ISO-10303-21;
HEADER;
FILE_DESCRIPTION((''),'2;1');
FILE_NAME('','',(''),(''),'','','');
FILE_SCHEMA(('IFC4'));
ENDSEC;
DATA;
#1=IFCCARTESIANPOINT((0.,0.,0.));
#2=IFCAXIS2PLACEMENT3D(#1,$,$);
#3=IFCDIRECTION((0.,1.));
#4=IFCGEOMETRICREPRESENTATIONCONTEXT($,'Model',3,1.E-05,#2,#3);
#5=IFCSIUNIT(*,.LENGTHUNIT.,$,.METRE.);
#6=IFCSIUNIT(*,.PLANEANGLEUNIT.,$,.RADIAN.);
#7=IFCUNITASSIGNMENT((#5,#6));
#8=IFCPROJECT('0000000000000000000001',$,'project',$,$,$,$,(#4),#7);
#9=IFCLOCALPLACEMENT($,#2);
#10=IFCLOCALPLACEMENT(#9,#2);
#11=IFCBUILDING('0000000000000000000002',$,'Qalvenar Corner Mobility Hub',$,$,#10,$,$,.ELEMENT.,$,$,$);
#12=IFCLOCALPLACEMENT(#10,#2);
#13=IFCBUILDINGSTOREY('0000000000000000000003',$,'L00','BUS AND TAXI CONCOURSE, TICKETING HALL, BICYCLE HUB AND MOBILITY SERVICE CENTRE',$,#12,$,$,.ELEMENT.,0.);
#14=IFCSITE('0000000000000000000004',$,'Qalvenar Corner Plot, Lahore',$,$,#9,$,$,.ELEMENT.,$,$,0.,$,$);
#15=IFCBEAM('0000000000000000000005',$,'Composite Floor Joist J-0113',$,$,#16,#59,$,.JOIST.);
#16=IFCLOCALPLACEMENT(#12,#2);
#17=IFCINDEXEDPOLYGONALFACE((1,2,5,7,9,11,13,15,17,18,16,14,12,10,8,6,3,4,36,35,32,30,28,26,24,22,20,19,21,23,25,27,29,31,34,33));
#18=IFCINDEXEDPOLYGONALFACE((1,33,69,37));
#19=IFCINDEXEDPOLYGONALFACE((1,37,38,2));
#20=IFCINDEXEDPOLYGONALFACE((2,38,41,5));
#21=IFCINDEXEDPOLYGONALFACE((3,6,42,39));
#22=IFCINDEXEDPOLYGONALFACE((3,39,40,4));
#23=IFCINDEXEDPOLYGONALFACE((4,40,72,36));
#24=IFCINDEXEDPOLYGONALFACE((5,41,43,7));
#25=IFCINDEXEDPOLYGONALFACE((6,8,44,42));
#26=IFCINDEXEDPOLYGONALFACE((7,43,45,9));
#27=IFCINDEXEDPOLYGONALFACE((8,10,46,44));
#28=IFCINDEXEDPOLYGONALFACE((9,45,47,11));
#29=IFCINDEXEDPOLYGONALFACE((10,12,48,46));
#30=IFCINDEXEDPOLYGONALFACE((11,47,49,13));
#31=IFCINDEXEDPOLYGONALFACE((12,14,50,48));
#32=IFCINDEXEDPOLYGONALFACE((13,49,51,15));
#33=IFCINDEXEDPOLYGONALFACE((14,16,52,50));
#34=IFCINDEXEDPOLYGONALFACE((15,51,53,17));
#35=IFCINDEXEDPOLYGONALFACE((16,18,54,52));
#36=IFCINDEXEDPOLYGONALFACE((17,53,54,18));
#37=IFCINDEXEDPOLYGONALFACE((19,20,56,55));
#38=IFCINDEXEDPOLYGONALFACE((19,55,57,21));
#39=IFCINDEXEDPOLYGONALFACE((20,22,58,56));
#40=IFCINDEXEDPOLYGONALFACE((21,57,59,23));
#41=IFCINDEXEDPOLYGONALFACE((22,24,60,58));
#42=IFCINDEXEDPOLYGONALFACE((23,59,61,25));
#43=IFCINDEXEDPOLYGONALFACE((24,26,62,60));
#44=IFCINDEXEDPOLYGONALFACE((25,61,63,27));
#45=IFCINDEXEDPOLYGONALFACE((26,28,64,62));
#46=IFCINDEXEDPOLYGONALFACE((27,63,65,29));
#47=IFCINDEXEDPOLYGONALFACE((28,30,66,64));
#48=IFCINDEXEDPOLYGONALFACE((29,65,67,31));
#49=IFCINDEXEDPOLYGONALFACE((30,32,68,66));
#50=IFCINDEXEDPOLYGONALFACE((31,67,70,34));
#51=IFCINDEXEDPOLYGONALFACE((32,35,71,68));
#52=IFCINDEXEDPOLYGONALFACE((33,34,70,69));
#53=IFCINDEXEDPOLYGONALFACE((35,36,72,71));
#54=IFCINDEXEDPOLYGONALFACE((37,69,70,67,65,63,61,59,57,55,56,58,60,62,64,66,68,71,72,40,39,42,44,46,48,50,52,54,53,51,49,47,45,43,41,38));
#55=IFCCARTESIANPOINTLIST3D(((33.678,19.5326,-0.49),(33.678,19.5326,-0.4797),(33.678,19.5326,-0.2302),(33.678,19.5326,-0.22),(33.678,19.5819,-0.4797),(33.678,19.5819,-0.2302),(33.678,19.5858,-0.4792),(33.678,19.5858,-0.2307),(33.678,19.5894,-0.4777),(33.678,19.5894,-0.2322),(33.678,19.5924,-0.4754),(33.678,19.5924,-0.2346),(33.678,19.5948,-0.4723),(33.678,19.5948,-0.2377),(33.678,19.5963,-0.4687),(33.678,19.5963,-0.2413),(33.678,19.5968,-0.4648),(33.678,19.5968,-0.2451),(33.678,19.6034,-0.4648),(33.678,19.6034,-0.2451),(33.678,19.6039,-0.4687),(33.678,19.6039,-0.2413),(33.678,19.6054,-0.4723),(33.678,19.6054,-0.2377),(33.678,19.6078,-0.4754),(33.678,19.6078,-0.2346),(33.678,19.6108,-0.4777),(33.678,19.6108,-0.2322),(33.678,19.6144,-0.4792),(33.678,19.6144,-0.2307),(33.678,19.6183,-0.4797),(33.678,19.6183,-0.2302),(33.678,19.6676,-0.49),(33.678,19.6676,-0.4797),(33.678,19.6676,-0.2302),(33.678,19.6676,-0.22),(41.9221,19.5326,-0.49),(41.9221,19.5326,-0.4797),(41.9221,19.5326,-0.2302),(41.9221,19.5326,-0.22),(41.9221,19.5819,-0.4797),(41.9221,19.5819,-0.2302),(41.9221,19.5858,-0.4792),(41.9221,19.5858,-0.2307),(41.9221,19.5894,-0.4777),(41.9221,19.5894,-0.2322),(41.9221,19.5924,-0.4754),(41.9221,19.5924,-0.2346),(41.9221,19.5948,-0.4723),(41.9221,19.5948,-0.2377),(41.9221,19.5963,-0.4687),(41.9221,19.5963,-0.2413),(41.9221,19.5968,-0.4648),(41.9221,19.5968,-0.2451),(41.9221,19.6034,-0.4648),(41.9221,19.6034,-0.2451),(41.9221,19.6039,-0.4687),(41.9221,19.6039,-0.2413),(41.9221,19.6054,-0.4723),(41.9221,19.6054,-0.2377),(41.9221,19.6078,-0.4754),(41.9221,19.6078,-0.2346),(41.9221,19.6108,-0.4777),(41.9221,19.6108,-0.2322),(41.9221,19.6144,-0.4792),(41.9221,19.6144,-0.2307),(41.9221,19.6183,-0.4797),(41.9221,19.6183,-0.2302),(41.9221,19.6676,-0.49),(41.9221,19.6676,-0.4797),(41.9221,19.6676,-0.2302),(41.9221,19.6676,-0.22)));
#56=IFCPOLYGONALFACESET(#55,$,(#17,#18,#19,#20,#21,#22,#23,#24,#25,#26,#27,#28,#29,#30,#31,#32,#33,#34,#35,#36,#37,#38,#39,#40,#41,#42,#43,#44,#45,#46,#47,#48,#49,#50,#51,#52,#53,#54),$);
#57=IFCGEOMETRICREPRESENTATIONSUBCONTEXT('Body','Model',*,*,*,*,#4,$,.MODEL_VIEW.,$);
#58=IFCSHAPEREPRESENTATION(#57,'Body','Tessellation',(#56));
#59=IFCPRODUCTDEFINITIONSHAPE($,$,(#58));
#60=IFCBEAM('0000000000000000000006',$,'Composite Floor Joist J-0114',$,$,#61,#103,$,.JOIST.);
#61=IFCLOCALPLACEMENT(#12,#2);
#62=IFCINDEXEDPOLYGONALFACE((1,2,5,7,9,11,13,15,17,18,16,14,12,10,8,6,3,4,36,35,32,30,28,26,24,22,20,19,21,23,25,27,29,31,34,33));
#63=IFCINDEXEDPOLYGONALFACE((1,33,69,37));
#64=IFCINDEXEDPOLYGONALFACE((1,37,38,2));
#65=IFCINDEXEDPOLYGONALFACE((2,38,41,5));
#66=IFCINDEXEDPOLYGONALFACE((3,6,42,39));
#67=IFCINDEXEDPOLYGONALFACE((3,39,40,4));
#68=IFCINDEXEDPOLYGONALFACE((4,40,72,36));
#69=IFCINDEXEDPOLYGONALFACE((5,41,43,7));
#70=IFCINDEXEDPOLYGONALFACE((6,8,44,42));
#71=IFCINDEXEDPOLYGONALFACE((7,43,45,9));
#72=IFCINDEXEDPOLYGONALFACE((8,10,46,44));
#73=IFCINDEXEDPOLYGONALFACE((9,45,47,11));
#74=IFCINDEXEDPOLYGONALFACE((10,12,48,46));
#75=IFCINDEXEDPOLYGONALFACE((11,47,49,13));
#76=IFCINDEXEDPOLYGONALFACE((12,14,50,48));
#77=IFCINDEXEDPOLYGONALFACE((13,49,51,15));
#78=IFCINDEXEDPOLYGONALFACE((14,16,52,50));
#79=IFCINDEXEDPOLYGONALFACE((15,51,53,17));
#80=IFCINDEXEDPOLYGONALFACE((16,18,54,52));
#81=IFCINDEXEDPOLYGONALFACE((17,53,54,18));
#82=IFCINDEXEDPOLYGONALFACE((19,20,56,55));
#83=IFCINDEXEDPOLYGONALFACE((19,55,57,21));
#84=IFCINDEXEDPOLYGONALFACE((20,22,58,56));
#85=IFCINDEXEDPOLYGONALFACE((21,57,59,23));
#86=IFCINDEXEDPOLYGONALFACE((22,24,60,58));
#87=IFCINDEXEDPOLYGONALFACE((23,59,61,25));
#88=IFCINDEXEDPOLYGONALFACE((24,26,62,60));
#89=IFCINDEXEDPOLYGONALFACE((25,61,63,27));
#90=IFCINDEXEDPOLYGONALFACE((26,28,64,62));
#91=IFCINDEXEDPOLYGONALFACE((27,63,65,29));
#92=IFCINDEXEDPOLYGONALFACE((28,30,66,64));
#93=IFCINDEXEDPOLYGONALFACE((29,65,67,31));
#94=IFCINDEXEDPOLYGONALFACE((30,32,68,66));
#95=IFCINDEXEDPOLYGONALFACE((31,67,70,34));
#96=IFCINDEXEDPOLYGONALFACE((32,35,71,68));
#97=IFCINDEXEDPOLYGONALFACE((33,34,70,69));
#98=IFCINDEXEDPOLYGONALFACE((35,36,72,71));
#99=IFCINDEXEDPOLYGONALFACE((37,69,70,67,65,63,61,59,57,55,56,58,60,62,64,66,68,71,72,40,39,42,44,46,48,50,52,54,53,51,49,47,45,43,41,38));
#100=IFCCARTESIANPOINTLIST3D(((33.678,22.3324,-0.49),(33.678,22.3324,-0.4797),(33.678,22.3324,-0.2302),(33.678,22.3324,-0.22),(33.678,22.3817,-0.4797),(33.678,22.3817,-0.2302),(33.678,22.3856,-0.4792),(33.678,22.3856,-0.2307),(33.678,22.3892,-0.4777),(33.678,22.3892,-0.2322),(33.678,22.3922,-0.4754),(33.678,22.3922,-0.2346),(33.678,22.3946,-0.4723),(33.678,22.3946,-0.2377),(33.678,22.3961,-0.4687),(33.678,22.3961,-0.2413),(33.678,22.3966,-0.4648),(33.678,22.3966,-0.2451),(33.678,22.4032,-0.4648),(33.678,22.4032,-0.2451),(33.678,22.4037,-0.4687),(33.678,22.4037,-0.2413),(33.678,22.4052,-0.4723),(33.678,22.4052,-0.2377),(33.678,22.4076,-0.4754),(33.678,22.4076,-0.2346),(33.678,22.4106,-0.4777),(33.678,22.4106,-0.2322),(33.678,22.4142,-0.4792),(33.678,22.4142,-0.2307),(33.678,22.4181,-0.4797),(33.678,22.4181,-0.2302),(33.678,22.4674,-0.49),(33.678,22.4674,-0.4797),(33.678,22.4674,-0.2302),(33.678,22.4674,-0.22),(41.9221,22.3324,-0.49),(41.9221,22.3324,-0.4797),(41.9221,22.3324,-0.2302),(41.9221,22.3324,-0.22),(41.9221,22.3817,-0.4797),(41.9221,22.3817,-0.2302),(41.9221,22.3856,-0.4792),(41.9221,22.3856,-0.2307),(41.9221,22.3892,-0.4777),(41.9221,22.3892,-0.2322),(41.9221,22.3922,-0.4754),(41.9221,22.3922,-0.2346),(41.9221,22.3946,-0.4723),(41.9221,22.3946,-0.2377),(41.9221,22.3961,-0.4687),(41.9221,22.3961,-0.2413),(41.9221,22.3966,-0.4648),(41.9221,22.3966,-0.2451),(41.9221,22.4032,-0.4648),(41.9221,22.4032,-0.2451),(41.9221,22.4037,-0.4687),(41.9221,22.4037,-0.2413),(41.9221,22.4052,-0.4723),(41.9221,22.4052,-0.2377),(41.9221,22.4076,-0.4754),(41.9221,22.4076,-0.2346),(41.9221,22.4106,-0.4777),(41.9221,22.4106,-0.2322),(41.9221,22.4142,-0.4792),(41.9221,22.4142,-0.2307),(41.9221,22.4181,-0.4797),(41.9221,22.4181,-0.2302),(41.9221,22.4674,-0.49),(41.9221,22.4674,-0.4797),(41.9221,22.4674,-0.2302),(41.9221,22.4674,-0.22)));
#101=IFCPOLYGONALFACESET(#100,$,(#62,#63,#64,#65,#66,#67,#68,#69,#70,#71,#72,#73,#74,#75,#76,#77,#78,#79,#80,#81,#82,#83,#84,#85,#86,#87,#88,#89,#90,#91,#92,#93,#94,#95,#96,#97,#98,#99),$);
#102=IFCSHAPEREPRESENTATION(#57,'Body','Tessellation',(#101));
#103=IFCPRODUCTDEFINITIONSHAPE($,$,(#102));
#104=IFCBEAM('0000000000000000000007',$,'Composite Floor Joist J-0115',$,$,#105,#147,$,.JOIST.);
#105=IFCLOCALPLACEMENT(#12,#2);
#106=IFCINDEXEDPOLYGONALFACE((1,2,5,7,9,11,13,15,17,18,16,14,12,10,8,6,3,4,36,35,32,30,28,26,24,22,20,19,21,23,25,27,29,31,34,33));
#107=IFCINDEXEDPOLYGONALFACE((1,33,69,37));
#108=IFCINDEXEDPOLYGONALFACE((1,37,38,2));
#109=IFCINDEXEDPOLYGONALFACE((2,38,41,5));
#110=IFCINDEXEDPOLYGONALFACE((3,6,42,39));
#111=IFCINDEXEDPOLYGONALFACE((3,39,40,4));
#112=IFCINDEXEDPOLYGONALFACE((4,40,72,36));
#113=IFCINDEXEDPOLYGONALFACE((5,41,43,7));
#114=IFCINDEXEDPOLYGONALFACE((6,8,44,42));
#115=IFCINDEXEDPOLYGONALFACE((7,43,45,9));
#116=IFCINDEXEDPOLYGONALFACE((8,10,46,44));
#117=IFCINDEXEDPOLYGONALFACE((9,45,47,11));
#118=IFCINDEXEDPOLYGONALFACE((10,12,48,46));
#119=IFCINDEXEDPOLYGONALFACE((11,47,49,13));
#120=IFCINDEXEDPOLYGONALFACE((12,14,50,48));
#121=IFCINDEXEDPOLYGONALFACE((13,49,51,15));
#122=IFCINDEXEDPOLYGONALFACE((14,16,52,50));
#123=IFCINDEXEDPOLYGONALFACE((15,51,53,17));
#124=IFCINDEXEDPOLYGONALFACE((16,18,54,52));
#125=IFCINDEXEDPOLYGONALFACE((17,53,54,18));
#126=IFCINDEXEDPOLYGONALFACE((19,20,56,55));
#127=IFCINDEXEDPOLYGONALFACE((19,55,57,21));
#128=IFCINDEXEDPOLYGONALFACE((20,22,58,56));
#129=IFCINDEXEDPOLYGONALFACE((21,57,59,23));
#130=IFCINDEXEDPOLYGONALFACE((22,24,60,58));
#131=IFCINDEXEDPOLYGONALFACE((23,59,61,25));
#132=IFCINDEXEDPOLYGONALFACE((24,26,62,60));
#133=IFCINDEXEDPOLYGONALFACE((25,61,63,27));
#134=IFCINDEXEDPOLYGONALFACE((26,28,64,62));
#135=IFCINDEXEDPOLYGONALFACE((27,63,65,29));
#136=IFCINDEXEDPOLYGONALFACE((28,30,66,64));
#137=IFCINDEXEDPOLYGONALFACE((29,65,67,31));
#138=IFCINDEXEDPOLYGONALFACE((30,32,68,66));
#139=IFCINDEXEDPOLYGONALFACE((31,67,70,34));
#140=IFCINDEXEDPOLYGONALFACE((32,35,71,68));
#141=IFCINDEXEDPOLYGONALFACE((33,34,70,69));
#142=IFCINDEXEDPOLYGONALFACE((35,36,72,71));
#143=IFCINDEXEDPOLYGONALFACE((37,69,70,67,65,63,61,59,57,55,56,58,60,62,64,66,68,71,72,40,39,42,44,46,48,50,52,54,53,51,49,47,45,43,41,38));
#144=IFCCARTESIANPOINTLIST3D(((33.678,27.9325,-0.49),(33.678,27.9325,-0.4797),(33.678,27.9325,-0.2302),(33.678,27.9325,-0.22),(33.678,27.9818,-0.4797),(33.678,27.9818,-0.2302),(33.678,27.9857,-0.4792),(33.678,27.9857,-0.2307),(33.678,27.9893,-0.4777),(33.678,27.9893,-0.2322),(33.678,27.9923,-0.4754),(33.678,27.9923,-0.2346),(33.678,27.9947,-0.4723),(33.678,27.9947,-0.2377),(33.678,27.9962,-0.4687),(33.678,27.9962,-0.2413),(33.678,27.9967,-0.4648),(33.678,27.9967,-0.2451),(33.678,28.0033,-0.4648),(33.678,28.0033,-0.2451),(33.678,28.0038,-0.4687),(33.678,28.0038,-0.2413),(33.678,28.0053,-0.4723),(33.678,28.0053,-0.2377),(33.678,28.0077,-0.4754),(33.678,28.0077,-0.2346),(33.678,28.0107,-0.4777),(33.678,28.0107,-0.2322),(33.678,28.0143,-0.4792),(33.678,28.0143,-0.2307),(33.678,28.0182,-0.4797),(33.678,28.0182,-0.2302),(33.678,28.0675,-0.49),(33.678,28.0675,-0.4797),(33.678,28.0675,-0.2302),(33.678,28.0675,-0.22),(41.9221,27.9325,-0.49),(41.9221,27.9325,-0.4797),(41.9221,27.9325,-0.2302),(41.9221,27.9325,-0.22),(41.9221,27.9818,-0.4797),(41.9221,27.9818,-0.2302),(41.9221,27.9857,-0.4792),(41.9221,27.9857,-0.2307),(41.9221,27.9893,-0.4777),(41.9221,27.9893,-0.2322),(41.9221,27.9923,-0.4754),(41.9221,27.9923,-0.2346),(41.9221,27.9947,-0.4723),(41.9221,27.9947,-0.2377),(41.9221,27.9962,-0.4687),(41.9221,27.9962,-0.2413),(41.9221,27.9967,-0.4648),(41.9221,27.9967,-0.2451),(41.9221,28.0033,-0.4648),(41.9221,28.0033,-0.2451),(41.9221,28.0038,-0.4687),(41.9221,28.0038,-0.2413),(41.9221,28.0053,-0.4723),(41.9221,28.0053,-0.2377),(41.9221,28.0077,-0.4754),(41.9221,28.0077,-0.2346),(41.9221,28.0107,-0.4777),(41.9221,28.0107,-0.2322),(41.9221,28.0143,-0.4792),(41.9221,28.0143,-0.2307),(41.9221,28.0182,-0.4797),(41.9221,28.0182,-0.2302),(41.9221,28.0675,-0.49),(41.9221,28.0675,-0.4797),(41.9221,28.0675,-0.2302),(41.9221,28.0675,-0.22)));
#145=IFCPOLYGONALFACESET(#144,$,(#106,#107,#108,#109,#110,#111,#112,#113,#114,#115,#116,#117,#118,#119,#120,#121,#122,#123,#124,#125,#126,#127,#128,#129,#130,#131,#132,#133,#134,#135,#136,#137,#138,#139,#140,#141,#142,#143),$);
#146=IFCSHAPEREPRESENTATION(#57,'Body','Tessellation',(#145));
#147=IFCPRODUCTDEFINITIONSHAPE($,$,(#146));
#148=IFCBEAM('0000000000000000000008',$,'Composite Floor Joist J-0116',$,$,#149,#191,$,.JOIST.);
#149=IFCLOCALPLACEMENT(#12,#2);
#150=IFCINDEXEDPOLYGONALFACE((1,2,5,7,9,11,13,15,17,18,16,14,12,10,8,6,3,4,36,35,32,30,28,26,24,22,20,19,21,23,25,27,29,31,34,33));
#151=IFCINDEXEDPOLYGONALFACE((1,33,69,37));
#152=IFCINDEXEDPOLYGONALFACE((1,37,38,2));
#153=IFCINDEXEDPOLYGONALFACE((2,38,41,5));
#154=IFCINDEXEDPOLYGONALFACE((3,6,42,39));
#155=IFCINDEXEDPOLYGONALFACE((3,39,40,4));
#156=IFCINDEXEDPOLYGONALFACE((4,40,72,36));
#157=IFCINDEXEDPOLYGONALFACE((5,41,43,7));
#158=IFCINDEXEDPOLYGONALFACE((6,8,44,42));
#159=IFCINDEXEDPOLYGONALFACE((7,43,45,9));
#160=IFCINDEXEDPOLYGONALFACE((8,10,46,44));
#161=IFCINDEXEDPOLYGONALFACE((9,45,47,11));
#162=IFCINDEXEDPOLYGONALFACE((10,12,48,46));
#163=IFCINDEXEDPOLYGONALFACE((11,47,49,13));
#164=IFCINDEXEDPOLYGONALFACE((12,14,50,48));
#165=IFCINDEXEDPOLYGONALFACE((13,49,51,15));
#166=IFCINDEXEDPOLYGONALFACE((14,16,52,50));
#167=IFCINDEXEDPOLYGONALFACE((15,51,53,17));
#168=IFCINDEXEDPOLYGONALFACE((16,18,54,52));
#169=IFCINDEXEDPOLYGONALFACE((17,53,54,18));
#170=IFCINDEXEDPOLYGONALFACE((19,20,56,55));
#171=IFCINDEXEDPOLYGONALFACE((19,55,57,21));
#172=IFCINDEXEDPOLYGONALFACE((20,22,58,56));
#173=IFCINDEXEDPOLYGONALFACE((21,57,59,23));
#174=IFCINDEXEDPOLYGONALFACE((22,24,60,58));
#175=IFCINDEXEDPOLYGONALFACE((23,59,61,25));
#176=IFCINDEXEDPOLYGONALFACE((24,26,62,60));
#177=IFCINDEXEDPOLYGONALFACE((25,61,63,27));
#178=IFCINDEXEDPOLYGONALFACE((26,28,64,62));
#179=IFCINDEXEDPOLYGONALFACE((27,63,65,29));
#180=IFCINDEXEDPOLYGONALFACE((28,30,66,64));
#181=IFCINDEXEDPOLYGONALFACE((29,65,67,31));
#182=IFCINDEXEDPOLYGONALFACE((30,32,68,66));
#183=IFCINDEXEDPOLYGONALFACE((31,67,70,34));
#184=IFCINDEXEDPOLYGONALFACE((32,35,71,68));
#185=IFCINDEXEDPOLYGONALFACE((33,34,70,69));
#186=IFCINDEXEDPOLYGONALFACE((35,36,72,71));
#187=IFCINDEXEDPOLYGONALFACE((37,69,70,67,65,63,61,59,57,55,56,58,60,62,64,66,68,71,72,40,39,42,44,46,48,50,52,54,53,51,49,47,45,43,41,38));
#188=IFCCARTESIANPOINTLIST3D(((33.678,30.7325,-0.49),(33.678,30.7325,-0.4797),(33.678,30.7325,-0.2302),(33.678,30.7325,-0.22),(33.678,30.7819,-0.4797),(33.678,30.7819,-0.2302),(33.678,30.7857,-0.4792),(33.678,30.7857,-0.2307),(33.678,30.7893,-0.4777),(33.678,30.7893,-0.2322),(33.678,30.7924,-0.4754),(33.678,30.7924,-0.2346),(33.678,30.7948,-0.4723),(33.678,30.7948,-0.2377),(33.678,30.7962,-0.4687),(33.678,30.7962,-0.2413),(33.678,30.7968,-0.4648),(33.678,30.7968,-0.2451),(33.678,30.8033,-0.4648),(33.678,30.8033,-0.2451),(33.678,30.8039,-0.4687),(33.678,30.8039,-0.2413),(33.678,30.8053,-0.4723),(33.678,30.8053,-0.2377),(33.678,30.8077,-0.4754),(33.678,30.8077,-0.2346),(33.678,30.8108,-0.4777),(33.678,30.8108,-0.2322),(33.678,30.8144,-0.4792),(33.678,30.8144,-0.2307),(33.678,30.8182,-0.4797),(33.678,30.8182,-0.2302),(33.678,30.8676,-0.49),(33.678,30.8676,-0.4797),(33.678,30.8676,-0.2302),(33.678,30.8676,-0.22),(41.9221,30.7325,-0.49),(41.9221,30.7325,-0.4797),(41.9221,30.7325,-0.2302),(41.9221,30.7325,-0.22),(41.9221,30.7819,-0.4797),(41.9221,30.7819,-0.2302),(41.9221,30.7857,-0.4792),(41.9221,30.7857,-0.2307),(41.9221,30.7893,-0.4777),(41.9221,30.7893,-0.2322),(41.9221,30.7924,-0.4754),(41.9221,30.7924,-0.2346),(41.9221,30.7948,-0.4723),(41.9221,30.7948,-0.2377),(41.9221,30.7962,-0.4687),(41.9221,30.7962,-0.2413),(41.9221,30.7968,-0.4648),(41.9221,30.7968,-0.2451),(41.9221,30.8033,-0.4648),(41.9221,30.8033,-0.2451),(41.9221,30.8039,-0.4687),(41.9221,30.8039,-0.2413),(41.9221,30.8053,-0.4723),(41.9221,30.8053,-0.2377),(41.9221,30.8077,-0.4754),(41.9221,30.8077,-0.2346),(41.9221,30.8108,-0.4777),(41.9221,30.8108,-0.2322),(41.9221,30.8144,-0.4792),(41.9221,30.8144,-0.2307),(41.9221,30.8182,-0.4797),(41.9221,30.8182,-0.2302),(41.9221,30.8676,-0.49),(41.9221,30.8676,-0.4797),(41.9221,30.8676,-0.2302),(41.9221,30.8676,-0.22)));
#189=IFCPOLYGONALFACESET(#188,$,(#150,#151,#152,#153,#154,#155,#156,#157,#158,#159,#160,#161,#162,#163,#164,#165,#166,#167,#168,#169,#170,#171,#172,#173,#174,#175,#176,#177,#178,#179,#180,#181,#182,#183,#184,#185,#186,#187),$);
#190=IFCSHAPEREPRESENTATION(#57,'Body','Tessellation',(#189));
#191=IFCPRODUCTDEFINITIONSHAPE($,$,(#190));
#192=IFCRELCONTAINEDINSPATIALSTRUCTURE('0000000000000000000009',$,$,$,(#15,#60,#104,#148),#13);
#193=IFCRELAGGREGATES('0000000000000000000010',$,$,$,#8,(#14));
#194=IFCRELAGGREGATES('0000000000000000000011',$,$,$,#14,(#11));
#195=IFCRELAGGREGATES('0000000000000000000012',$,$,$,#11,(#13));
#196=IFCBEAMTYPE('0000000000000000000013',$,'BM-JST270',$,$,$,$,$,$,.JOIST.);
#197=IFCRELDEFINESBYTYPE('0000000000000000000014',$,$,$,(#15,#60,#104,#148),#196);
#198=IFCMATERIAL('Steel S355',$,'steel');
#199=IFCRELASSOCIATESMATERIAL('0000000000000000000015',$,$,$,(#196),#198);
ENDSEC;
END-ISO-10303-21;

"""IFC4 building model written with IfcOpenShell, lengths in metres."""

from ifc_helpers import new_model, si_unit, direction, frame, origin, origin_2d, place, context, subcontext, project, spatial, i_section, extrude, material, material_profile, profile_set, type_object, element, save


model = new_model("IFC4")

# Units and contexts
model_context = context("Model", 3, precision=1e-05, world=origin(), true_north=direction((0.0, 1.0)))
body_context = subcontext(model_context, "Body", "Model", "MODEL_VIEW")
ifc_project = project(units=[si_unit("LENGTHUNIT", "METRE"), si_unit("PLANEANGLEUNIT", "RADIAN")], contexts=[model_context])

# Site, building, storey
site_placement = place(None, origin())
site = spatial("IfcSite", under=ifc_project, at=site_placement, Name="Qalvenar Corner Plot, Lahore", CompositionType="ELEMENT", RefElevation=0.0)
building_placement = place(site_placement, origin())
building = spatial("IfcBuilding", under=site, at=building_placement, Name="Qalvenar Corner Mobility Hub", CompositionType="ELEMENT")
storey_placement = place(building_placement, origin())
storey = spatial("IfcBuildingStorey", under=building, at=storey_placement, Name="L00", Description="BUS AND TAXI CONCOURSE, TICKETING HALL, BICYCLE HUB AND MOBILITY SERVICE CENTRE", CompositionType="ELEMENT", Elevation=0.0)

# Shared definitions
ifc_material_1 = material(Name="Steel S355", Category="steel")

# Beams
ifc_material_profile_1 = material_profile(ifc_material_1, i_section(OverallWidth=0.135, OverallDepth=0.27, WebThickness=0.0066, FlangeThickness=0.0103, FilletRadius=0.0149, at=origin_2d()), Name="IPE270")
ifc_profile_set_1 = profile_set([ifc_material_profile_1], Name="Steel S355")
beam_type_1 = type_object("IfcBeamType", Name="BM-JST270", PredefinedType="JOIST", material=ifc_profile_set_1)
for number, where, z_axis, x_axis, name in (
    (1, (33.678, 19.6001, -0.355), (1.0, 0.0, 0.0), (0.0, 1.0, 0.0), "Composite Floor Joist J-0113"),
    (2, (33.678, 22.3999, -0.355), (1.0, 0.0, 0.0), (0.0, 1.0, 0.0), "Composite Floor Joist J-0114"),
    (3, (33.678, 28.0, -0.355), (1.0, 0.0, 0.0), (0.0, 1.0, 0.0), "Composite Floor Joist J-0115"),
    (4, (33.678, 30.8, -0.355), (1.0, 0.0, 0.0), (0.0, 1.0, 0.0), "Composite Floor Joist J-0116"),
):
    element("IfcBeam", number, at=place(storey_placement, frame(where, z_axis=z_axis, x_axis=x_axis)), inside=storey, type_object=beam_type_1, Name=name, PredefinedType="JOIST", context=body_context, shape_type="SweptSolid", body=[
        extrude(i_section(OverallWidth=0.135, OverallDepth=0.27, WebThickness=0.0066, FlangeThickness=0.0103, FilletRadius=0.0149, at=origin_2d()), origin(), (0.0, 0.0, 1.0), 8.2441),
    ])

save(model, "model.ifc")
